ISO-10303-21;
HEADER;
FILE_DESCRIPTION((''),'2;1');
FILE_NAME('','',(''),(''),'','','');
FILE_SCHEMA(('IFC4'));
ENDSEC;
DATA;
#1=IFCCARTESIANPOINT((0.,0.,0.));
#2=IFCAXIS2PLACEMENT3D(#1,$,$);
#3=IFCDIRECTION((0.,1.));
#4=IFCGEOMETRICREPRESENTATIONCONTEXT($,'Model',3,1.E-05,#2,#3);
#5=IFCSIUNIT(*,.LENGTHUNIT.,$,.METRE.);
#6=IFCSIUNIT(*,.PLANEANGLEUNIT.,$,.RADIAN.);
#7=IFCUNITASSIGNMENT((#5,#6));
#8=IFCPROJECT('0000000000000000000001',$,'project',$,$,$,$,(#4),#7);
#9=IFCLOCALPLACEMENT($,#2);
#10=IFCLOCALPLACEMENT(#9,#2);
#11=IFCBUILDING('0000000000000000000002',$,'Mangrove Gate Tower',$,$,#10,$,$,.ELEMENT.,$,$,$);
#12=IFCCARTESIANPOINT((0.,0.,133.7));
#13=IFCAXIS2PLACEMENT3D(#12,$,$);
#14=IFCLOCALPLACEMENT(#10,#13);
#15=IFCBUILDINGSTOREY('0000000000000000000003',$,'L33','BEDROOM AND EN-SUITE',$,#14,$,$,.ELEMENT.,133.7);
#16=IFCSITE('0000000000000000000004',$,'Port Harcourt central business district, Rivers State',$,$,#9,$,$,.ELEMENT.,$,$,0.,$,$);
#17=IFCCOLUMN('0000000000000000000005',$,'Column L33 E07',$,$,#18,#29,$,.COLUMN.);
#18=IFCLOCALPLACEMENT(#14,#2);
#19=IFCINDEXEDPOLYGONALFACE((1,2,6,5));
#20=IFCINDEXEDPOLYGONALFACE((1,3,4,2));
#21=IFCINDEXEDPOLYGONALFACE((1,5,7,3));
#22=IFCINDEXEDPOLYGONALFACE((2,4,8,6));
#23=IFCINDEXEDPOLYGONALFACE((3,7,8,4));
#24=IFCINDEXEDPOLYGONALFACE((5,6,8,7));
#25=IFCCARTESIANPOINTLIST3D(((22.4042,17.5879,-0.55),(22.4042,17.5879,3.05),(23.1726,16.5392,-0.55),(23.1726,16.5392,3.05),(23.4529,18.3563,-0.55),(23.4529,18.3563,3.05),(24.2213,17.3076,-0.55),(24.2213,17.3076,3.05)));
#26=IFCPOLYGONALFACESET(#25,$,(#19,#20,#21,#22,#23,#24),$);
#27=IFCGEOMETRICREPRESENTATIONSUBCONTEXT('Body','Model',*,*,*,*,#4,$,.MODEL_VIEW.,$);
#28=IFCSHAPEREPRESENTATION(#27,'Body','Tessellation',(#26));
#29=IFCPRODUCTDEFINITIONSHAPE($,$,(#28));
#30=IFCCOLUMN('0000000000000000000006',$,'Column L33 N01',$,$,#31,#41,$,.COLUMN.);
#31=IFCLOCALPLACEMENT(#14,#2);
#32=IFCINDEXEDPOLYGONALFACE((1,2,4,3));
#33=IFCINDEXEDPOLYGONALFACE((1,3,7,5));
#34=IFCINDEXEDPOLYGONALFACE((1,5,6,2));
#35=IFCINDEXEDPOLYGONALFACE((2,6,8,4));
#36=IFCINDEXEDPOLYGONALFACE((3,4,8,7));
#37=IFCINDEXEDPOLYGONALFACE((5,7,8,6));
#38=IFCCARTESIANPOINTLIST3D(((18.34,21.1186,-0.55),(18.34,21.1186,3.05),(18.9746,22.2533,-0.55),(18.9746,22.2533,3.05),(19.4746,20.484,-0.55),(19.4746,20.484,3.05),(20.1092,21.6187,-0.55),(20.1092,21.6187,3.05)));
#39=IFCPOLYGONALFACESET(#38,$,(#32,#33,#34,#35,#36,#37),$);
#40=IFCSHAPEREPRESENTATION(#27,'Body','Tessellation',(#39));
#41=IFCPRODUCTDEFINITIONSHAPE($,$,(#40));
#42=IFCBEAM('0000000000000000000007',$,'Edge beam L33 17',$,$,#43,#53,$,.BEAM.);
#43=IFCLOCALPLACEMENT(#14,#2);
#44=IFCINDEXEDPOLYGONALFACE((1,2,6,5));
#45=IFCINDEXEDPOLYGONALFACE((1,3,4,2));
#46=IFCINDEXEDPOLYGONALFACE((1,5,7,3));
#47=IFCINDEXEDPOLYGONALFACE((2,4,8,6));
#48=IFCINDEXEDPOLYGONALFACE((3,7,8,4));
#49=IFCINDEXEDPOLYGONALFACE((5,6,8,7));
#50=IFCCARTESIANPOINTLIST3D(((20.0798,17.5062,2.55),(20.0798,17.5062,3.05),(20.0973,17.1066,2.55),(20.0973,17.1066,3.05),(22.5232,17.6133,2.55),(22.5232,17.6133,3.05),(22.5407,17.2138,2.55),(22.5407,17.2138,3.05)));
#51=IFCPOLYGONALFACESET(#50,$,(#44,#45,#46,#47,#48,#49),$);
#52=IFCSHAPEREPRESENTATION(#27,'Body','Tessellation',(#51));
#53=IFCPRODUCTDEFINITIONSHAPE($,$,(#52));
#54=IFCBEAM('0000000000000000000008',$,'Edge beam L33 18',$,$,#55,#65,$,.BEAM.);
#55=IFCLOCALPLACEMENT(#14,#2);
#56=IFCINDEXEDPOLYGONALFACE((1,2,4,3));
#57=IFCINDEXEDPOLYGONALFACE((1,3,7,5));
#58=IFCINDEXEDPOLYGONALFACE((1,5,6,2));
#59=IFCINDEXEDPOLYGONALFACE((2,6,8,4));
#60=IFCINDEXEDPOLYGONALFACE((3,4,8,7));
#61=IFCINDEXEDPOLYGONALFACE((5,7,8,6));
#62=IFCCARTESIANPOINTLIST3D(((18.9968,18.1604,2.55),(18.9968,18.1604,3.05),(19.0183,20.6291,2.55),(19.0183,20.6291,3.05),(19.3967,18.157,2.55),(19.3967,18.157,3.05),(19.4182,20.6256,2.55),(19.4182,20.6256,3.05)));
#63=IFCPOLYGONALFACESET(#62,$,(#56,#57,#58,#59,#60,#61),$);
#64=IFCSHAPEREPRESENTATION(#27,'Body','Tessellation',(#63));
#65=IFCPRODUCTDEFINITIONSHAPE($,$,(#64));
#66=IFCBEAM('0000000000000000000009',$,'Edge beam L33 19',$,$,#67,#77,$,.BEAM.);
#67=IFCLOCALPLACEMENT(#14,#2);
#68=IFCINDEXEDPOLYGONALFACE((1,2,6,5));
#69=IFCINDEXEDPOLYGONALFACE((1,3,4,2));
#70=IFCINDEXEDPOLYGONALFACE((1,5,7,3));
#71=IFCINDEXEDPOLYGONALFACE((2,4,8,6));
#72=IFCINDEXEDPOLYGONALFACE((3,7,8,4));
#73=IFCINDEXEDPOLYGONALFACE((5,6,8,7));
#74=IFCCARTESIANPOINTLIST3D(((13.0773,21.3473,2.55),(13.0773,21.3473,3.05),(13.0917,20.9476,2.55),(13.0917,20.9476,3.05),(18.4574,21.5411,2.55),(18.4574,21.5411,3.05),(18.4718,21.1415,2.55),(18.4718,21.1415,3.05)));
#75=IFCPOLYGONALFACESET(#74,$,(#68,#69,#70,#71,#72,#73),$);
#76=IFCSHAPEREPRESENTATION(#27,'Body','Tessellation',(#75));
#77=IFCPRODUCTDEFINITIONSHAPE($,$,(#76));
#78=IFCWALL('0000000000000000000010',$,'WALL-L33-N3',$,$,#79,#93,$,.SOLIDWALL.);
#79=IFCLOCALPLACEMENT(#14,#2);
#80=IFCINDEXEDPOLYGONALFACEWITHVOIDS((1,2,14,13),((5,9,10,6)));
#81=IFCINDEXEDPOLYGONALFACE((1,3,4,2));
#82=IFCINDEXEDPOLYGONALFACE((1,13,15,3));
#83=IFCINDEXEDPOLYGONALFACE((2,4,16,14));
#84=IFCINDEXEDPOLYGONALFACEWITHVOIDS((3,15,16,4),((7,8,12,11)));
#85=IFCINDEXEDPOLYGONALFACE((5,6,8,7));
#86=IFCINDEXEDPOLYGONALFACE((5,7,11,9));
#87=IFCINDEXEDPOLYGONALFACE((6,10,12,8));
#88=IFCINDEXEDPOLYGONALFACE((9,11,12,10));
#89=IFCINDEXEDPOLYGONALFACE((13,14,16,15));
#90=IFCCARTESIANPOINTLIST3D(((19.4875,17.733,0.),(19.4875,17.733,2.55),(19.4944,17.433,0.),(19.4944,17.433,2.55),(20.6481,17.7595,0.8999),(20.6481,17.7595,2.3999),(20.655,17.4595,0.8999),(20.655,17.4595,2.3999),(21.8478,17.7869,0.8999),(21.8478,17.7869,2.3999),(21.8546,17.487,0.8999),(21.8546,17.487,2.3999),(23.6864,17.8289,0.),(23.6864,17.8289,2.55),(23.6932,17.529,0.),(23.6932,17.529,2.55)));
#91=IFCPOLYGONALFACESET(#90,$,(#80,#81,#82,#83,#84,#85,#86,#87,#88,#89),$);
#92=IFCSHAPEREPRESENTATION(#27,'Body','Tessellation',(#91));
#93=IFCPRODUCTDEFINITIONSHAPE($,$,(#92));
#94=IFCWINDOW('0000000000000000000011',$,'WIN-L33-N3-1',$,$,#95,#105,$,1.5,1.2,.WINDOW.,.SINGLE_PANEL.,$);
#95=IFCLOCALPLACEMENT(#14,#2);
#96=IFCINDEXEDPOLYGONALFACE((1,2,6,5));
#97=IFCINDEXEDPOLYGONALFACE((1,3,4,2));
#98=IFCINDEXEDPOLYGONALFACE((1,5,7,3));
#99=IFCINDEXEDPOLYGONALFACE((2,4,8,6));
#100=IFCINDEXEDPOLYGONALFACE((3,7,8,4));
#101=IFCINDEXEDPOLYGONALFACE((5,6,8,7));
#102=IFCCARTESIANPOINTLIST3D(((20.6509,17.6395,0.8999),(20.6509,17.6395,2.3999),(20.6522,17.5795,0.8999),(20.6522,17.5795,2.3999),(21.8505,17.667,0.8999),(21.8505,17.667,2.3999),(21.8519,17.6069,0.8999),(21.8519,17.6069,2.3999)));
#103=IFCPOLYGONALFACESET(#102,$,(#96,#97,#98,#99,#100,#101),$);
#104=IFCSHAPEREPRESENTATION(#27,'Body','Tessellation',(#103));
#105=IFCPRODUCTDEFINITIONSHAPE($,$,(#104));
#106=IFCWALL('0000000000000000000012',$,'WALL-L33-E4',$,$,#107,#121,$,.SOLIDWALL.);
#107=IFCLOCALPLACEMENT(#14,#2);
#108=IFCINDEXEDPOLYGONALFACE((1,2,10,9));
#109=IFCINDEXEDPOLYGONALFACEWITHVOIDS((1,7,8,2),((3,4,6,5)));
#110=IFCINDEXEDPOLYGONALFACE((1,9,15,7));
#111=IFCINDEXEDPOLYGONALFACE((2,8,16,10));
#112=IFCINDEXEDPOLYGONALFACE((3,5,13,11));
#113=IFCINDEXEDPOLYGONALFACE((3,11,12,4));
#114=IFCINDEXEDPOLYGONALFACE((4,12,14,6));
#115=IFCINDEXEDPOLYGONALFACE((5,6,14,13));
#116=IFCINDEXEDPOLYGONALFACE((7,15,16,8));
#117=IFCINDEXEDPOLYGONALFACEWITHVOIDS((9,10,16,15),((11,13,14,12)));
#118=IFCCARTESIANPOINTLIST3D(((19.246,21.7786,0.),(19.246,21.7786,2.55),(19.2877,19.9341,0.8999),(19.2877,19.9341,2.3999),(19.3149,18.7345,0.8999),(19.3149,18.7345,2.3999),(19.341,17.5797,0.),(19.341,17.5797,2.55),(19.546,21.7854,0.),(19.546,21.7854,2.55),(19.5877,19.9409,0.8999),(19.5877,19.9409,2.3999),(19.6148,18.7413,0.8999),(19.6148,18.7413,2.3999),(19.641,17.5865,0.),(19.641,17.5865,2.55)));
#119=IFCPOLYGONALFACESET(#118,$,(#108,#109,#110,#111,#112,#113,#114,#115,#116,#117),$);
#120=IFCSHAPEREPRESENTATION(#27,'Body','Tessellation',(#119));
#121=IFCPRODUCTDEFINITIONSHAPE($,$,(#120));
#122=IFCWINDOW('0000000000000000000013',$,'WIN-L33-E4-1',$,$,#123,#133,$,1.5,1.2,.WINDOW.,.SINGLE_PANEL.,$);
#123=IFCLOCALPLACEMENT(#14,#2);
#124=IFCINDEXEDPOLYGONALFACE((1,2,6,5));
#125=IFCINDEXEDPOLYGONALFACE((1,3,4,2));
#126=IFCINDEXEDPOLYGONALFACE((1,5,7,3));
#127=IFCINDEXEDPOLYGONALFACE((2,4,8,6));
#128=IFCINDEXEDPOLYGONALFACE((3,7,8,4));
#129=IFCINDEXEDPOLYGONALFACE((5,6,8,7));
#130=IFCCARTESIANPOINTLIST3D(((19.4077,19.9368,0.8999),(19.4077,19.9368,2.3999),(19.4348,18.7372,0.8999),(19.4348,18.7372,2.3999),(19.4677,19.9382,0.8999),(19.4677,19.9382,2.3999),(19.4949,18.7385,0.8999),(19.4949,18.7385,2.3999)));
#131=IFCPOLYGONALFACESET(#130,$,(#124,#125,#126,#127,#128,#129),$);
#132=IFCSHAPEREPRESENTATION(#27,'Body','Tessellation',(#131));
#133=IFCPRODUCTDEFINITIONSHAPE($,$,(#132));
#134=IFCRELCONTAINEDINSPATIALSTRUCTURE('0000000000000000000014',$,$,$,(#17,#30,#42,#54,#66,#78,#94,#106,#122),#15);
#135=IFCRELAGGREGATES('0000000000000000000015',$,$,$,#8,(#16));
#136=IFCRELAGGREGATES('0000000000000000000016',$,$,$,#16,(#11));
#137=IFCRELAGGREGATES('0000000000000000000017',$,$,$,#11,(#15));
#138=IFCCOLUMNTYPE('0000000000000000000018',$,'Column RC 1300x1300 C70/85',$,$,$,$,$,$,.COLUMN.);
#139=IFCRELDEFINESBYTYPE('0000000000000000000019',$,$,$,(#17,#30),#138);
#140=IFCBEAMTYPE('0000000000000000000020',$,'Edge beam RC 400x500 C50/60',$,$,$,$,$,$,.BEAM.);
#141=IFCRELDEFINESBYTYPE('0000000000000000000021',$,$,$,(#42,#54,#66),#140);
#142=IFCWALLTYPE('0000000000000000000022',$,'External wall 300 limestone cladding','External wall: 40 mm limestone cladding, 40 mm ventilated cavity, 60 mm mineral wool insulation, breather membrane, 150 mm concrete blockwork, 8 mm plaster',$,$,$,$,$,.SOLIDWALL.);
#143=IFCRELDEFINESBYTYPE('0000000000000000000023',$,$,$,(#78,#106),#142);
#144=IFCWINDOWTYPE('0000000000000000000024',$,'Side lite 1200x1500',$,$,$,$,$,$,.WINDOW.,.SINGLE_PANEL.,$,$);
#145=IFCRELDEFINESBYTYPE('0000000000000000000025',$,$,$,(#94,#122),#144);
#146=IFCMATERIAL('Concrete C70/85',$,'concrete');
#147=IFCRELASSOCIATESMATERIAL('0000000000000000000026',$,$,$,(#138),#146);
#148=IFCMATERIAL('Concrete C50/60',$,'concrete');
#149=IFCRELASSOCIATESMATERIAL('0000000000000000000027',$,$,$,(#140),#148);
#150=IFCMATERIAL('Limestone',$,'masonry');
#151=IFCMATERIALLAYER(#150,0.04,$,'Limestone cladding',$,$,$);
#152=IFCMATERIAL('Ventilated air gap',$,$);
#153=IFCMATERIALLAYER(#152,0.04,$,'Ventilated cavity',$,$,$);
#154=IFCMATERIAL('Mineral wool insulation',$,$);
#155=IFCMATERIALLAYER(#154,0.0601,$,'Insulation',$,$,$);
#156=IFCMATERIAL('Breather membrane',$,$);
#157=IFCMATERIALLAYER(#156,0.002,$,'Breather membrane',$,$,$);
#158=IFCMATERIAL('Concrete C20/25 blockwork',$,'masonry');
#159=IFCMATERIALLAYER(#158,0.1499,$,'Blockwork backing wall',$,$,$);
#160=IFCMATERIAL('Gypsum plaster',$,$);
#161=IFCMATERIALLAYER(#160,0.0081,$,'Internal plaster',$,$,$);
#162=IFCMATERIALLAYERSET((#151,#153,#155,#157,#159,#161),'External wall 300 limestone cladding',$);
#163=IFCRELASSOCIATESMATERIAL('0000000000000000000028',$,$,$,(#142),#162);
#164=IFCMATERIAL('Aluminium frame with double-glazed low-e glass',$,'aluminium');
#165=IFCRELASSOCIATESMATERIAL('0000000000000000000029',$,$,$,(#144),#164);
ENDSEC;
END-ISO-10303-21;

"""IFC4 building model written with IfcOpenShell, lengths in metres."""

from ifc_helpers import new_model, si_unit, direction, frame, frame_2d, origin, origin_2d, place, context, subcontext, project, spatial, rectangle, extrude, material, layer, layer_set, material_profile, profile_set, type_object, element, fill, save


model = new_model("IFC4")

# Units and contexts
model_context = context("Model", 3, precision=1e-05, world=origin(), true_north=direction((0.0, 1.0)))
body_context = subcontext(model_context, "Body", "Model", "MODEL_VIEW")
ifc_project = project(units=[si_unit("LENGTHUNIT", "METRE"), si_unit("PLANEANGLEUNIT", "RADIAN")], contexts=[model_context])

# Site, building, storey
site_placement = place(None, origin())
site = spatial("IfcSite", under=ifc_project, at=site_placement, Name="Port Harcourt central business district, Rivers State", CompositionType="ELEMENT", RefElevation=0.0)
building_placement = place(site_placement, origin())
building = spatial("IfcBuilding", under=site, at=building_placement, Name="Mangrove Gate Tower", CompositionType="ELEMENT")
storey_placement = place(building_placement, frame((0.0, 0.0, 133.7)))
storey = spatial("IfcBuildingStorey", under=building, at=storey_placement, Name="L33", Description="BEDROOM AND EN-SUITE", CompositionType="ELEMENT", Elevation=133.7)

# Columns
ifc_material_1 = material(Name="Concrete C70/85", Category="concrete")
ifc_material_profile_1 = material_profile(ifc_material_1, rectangle(XDim=1.3, YDim=1.3, at=origin_2d()))
ifc_profile_set_1 = profile_set([ifc_material_profile_1], Name="Concrete C70/85")
column_type = type_object("IfcColumnType", Name="Column RC 1300x1300 C70/85", PredefinedType="COLUMN", material=ifc_profile_set_1)
for number, where, z_axis, x_axis, name in (
    (1, (23.3127, 17.4478, -0.55), (0.0, 0.0, 1.0), (-0.591062, 0.806626, 0.0), "Column L33 E07"),
    (2, (19.2246, 21.3687, -0.55), (0.0, 0.0, 1.0), (-0.872768, 0.488136, 0.0), "Column L33 N01"),
):
    element("IfcColumn", number, at=place(storey_placement, frame(where, z_axis=z_axis, x_axis=x_axis)), inside=storey, type_object=column_type, Name=name, PredefinedType="COLUMN", context=body_context, shape_type="SweptSolid", body=[
        extrude(rectangle(XDim=1.3, YDim=1.3, at=origin_2d()), origin(), (0.0, 0.0, 1.0), 3.6001),
    ])

# Beams
ifc_material_2 = material(Name="Concrete C50/60", Category="concrete")
ifc_material_profile_2 = material_profile(ifc_material_2, rectangle(XDim=0.3999, YDim=0.5, at=origin_2d()))
ifc_profile_set_2 = profile_set([ifc_material_profile_2], Name="Concrete C50/60")
beam_type = type_object("IfcBeamType", Name="Edge beam RC 400x500 C50/60", PredefinedType="BEAM", material=ifc_profile_set_2)
beam_1_placement = place(storey_placement, frame((22.532, 17.4136, 2.8), z_axis=(-0.999039, -0.043823, 0.0), x_axis=(0.043823, -0.999039, 0.0)))
element("IfcBeam", 3, at=beam_1_placement, inside=storey, type_object=beam_type, Name="Edge beam L33 17", PredefinedType="BEAM", context=body_context, shape_type="SweptSolid", body=[
    extrude(rectangle(XDim=0.3999, YDim=0.5, at=origin_2d()), origin(), (0.0, 0.0, 1.0), 2.4458),
])
beam_2_placement = place(storey_placement, frame((19.1968, 18.1587, 2.8), z_axis=(0.008702, 0.999962, 0.0), x_axis=(-0.999962, 0.008702, 0.0)))
element("IfcBeam", 4, at=beam_2_placement, inside=storey, type_object=beam_type, Name="Edge beam L33 18", PredefinedType="BEAM", context=body_context, shape_type="SweptSolid", body=[
    extrude(rectangle(XDim=0.3999, YDim=0.5, at=origin_2d()), origin(), (0.0, 0.0, 1.0), 2.4688),
])
beam_3_placement = place(storey_placement, frame((18.4646, 21.3413, 2.8), z_axis=(-0.999352, -0.036007, 0.0), x_axis=(0.036007, -0.999352, 0.0)))
element("IfcBeam", 5, at=beam_3_placement, inside=storey, type_object=beam_type, Name="Edge beam L33 19", PredefinedType="BEAM", context=body_context, shape_type="SweptSolid", body=[
    extrude(rectangle(XDim=0.3999, YDim=0.5, at=origin_2d()), origin(), (0.0, 0.0, 1.0), 5.3835),
])

# Walls, openings, windows
ifc_material_3 = material(Name="Limestone", Category="masonry")
ifc_layer_1 = layer(ifc_material_3, 0.04, Name="Limestone cladding")
ifc_material_4 = material(Name="Ventilated air gap")
ifc_layer_2 = layer(ifc_material_4, 0.04, Name="Ventilated cavity")
ifc_material_5 = material(Name="Mineral wool insulation")
ifc_layer_3 = layer(ifc_material_5, 0.0601, Name="Insulation")
ifc_material_6 = material(Name="Breather membrane")
ifc_layer_4 = layer(ifc_material_6, 0.002, Name="Breather membrane")
ifc_material_7 = material(Name="Concrete C20/25 blockwork", Category="masonry")
ifc_layer_5 = layer(ifc_material_7, 0.1499, Name="Blockwork backing wall")
ifc_material_8 = material(Name="Gypsum plaster")
ifc_layer_6 = layer(ifc_material_8, 0.0081, Name="Internal plaster")
ifc_layer_set = layer_set([ifc_layer_1, ifc_layer_2, ifc_layer_3, ifc_layer_4, ifc_layer_5, ifc_layer_6], Name="External wall 300 limestone cladding")
wall_type = type_object("IfcWallType", Name="External wall 300 limestone cladding", Description="External wall: 40 mm limestone cladding, 40 mm ventilated cavity, 60 mm mineral wool insulation, breather membrane, 150 mm concrete blockwork, 8 mm plaster", PredefinedType="SOLIDWALL", material=ifc_layer_set)
wall_1_placement = place(storey_placement, frame((23.6899, 17.679, 0.0), z_axis=(0.0, 0.0, 1.0), x_axis=(-0.999739, -0.022844, 0.0)))
wall_1 = element("IfcWall", 6, at=wall_1_placement, inside=storey, type_object=wall_type, Name="WALL-L33-N3", PredefinedType="SOLIDWALL", context=body_context, shape_type="SweptSolid", body=[
    extrude(rectangle(XDim=4.2, YDim=0.3, at=frame_2d((2.1001, 0.0))), origin(), (0.0, 0.0, 1.0), 2.55),
])
opening_1_placement = place(wall_1_placement, frame((1.8391, 0.0, 0.8999)))
opening_1 = element("IfcOpeningElement", 7, at=opening_1_placement, cuts=wall_1, PredefinedType="OPENING", context=body_context, shape_type="SweptSolid", body=[
    extrude(rectangle(XDim=1.2, YDim=1.5, at=frame_2d((0.6001, 0.75))), frame((0.0, 0.1599, 0.0), z_axis=(0.0, -1.0, 0.0), x_axis=(1.0, 0.0, 0.0)), (0.0, 0.0, 1.0), 0.3201),
])
ifc_material_9 = material(Name="Aluminium frame with double-glazed low-e glass", Category="aluminium")
window_type_1 = type_object("IfcWindowType", Name="Side lite 1200x1500", PartitioningType="SINGLE_PANEL", PredefinedType="WINDOW", material=ifc_material_9)
window_1_placement = place(opening_1_placement, origin())
window_1 = element("IfcWindow", 8, at=window_1_placement, inside=storey, type_object=window_type_1, Name="WIN-L33-N3-1", OverallHeight=1.5, OverallWidth=1.2, PartitioningType="SINGLE_PANEL", PredefinedType="WINDOW", context=body_context, shape_type="SweptSolid", body=[
    extrude(rectangle(XDim=1.2, YDim=1.5, at=frame_2d((0.6001, 0.75))), frame((0.0, 0.03, 0.0), z_axis=(0.0, -1.0, 0.0), x_axis=(1.0, 0.0, 0.0)), (0.0, 0.0, 1.0), 0.0601),
])
fill(opening_1, window_1)
wall_2_placement = place(storey_placement, frame((19.491, 17.583, 0.0), z_axis=(0.0, 0.0, 1.0), x_axis=(-0.022612, 0.999744, 0.0)))
wall_2 = element("IfcWall", 9, at=wall_2_placement, inside=storey, type_object=wall_type, Name="WALL-L33-E4", PredefinedType="SOLIDWALL", context=body_context, shape_type="SweptSolid", body=[
    extrude(rectangle(XDim=4.2, YDim=0.3, at=frame_2d((2.1001, 0.0))), origin(), (0.0, 0.0, 1.0), 2.55),
])
opening_2_placement = place(wall_2_placement, frame((1.155, 0.0, 0.8999)))
opening_2 = element("IfcOpeningElement", 10, at=opening_2_placement, cuts=wall_2, PredefinedType="OPENING", context=body_context, shape_type="SweptSolid", body=[
    extrude(rectangle(XDim=1.2, YDim=1.5, at=frame_2d((0.6001, 0.75))), frame((0.0, 0.1599, 0.0), z_axis=(0.0, -1.0, 0.0), x_axis=(1.0, 0.0, 0.0)), (0.0, 0.0, 1.0), 0.3201),
])
window_2_placement = place(opening_2_placement, origin())
window_2 = element("IfcWindow", 11, at=window_2_placement, inside=storey, type_object=window_type_1, Name="WIN-L33-E4-1", OverallHeight=1.5, OverallWidth=1.2, PartitioningType="SINGLE_PANEL", PredefinedType="WINDOW", context=body_context, shape_type="SweptSolid", body=[
    extrude(rectangle(XDim=1.2, YDim=1.5, at=frame_2d((0.6001, 0.75))), frame((0.0, 0.03, 0.0), z_axis=(0.0, -1.0, 0.0), x_axis=(1.0, 0.0, 0.0)), (0.0, 0.0, 1.0), 0.0601),
])
fill(opening_2, window_2)

save(model, "model.ifc")
